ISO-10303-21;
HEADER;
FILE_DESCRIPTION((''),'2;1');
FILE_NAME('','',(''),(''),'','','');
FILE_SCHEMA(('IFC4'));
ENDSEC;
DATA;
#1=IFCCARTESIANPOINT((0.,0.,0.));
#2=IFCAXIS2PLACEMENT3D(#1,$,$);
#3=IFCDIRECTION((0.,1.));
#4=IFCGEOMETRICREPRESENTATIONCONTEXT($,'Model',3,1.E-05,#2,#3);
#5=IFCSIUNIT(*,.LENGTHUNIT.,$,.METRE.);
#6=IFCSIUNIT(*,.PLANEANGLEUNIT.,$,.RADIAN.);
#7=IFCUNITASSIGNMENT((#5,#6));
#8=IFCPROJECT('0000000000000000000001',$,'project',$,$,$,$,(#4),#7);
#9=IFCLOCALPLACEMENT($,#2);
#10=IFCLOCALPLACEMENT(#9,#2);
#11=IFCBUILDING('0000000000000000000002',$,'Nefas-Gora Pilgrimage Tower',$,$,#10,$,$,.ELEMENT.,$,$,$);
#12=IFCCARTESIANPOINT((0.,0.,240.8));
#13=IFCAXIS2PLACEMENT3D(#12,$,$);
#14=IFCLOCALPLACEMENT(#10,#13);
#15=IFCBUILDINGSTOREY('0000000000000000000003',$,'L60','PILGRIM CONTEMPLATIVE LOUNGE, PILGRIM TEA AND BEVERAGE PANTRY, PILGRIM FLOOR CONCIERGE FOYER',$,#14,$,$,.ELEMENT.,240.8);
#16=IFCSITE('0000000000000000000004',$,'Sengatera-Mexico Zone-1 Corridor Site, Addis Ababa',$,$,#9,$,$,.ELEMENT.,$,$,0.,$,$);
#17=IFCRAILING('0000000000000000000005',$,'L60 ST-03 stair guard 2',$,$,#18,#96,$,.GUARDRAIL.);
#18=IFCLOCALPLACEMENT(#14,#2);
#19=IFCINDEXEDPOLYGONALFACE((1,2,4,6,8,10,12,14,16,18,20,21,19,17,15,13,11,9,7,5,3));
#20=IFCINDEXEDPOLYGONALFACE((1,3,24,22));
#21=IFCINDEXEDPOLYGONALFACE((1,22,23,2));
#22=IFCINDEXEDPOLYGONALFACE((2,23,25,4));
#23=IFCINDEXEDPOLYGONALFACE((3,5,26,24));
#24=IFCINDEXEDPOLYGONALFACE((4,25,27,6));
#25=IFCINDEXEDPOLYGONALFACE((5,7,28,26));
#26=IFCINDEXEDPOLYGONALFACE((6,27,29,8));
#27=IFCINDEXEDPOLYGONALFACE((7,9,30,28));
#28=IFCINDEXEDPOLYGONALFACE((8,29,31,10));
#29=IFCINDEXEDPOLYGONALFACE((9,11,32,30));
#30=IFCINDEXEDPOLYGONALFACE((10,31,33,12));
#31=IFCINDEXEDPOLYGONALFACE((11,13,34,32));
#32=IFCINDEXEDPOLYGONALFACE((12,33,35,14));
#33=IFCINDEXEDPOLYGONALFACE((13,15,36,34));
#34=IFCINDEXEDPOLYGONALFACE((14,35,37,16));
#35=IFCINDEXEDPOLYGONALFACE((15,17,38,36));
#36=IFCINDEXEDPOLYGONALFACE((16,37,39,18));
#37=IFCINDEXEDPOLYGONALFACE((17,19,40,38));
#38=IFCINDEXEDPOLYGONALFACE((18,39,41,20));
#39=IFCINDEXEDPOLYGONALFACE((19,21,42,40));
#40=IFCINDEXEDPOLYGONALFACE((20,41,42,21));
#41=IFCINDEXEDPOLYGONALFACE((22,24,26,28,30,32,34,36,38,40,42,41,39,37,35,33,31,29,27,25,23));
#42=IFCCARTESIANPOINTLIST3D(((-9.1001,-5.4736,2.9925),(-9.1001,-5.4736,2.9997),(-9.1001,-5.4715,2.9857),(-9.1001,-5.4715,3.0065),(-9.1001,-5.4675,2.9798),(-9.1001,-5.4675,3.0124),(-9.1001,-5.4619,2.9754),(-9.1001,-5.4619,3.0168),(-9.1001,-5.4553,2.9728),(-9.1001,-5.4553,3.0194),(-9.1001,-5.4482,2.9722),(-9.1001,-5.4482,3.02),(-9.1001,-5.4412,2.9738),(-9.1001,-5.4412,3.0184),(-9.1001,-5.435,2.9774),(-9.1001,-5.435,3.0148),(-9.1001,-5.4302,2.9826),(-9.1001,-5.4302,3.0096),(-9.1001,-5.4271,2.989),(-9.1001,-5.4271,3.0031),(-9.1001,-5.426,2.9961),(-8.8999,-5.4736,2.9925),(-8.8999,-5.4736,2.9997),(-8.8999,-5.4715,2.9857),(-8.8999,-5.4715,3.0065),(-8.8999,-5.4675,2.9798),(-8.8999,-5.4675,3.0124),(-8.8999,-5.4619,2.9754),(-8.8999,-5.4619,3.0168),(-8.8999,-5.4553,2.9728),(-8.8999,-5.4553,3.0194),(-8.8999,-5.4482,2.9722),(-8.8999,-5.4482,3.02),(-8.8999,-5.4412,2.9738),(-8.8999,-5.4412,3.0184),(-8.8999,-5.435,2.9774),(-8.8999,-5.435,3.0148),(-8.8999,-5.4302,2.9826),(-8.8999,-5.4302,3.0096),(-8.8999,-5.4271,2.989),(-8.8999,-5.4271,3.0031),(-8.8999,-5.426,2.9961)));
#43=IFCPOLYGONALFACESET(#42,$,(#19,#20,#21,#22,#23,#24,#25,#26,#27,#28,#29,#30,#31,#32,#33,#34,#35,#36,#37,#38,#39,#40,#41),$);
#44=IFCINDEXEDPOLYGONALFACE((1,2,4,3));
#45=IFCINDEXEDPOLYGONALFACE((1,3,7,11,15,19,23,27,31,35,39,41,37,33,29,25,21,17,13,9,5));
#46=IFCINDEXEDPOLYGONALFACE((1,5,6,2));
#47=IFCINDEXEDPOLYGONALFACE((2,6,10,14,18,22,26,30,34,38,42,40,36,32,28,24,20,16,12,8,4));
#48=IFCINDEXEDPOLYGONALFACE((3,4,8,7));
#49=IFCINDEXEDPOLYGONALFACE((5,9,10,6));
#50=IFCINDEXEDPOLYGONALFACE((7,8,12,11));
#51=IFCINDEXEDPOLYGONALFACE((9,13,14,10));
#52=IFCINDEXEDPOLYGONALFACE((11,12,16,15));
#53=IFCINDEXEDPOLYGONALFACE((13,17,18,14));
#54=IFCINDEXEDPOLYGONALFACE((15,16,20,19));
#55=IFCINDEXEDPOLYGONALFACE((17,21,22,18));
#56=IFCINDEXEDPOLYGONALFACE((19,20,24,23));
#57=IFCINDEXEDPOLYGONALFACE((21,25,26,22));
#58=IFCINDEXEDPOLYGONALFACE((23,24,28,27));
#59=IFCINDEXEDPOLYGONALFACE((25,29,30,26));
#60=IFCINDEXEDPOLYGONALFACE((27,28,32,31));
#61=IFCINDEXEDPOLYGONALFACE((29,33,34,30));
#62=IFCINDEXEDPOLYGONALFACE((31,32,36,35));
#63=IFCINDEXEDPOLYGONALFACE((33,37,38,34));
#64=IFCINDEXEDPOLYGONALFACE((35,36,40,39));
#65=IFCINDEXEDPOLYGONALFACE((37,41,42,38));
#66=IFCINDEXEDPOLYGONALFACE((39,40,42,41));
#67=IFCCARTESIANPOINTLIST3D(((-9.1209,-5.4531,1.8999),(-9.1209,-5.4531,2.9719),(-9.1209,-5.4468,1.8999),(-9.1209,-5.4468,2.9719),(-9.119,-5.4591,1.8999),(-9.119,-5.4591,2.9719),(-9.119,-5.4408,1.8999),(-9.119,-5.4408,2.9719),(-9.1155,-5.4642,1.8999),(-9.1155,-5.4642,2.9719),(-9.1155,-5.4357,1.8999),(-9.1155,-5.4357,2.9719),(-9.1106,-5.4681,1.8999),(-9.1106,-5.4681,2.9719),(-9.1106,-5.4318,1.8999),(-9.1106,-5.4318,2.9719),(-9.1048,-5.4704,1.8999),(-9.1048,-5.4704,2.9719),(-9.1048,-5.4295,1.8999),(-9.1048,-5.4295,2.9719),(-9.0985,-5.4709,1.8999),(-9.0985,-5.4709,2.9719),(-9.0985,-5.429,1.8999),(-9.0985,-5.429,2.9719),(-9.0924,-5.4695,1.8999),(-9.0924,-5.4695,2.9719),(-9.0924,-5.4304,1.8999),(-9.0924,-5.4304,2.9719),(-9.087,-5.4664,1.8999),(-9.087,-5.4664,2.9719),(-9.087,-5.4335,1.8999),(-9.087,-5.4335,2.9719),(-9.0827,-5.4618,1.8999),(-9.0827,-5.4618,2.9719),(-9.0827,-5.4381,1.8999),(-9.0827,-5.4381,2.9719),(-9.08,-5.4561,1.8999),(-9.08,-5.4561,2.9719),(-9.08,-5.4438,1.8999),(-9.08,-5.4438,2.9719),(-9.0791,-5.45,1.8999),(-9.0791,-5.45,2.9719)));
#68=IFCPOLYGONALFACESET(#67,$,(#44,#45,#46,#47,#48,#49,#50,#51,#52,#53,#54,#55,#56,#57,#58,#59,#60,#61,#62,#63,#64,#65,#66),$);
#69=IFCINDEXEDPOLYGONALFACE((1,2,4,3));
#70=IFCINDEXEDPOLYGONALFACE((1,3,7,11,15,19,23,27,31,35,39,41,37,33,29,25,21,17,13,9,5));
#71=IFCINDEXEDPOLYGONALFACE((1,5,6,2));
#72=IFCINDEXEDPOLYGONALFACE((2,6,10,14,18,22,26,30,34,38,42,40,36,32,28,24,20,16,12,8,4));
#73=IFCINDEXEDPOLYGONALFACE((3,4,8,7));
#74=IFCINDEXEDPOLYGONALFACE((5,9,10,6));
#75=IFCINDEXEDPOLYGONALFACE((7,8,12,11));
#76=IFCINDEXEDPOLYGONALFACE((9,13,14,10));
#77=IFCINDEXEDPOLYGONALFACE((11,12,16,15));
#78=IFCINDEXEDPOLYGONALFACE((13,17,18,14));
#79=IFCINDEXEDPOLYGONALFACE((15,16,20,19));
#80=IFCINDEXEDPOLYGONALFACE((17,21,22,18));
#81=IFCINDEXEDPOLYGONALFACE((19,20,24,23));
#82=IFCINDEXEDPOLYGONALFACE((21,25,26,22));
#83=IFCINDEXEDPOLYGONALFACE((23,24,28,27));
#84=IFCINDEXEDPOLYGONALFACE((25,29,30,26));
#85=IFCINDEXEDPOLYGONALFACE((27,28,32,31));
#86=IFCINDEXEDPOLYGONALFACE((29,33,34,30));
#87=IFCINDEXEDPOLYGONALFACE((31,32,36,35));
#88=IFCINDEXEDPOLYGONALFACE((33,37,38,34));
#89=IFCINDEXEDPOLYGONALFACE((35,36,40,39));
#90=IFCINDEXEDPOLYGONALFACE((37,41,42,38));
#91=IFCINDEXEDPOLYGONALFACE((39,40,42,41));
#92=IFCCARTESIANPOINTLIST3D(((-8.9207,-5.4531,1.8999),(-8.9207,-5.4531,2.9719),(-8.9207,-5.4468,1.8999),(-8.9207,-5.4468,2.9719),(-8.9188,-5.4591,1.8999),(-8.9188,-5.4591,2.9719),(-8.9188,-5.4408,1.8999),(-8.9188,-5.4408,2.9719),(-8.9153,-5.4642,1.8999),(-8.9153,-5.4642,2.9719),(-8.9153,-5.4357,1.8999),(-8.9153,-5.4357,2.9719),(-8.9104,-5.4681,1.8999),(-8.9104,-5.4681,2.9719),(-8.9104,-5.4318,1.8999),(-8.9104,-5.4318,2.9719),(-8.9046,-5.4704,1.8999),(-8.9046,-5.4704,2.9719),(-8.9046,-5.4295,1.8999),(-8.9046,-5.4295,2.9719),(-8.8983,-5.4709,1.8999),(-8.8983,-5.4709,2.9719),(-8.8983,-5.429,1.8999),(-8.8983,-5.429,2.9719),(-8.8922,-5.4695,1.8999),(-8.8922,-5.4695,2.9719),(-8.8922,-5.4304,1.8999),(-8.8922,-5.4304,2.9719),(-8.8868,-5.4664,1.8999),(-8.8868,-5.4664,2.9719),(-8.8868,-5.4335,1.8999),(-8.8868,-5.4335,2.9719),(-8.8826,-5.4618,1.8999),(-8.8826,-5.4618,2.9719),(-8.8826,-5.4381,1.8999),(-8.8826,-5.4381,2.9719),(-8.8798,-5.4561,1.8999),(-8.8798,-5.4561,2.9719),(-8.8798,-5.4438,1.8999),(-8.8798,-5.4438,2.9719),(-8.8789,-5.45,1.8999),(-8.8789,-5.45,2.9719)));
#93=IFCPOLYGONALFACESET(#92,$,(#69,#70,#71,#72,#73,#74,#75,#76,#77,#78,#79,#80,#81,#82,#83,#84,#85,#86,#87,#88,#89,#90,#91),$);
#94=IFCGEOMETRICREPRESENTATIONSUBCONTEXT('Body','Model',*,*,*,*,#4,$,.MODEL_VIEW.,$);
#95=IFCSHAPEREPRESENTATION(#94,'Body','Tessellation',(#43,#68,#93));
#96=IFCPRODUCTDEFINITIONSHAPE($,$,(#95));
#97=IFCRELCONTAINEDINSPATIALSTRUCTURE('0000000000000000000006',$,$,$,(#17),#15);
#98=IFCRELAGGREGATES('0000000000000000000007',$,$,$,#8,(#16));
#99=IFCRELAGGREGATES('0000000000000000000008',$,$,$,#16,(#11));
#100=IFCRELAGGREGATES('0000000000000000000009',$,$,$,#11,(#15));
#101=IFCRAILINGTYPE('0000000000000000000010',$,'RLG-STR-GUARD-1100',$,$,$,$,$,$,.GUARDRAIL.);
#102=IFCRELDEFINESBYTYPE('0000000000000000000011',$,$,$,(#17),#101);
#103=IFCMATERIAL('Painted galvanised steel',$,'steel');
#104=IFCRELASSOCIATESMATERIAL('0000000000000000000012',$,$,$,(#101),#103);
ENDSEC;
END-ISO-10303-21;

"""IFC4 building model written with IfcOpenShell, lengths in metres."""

from ifc_helpers import new_model, si_unit, direction, frame, origin, origin_2d, place, context, subcontext, project, spatial, circle, extrude, material, type_object, element, save


model = new_model("IFC4")

# Units and contexts
model_context = context("Model", 3, precision=1e-05, world=origin(), true_north=direction((0.0, 1.0)))
body_context = subcontext(model_context, "Body", "Model", "MODEL_VIEW")
ifc_project = project(units=[si_unit("LENGTHUNIT", "METRE"), si_unit("PLANEANGLEUNIT", "RADIAN")], contexts=[model_context])

# Site, building, storey
site_placement = place(None, origin())
site = spatial("IfcSite", under=ifc_project, at=site_placement, Name="Sengatera-Mexico Zone-1 Corridor Site, Addis Ababa", CompositionType="ELEMENT", RefElevation=0.0)
building_placement = place(site_placement, origin())
building = spatial("IfcBuilding", under=site, at=building_placement, Name="Nefas-Gora Pilgrimage Tower", CompositionType="ELEMENT")
storey_placement = place(building_placement, frame((0.0, 0.0, 240.8)))
storey = spatial("IfcBuildingStorey", under=building, at=storey_placement, Name="L60", Description="PILGRIM CONTEMPLATIVE LOUNGE, PILGRIM TEA AND BEVERAGE PANTRY, PILGRIM FLOOR CONCIERGE FOYER", CompositionType="ELEMENT", Elevation=240.8)

# Railing
ifc_material_1 = material(Name="Painted galvanised steel", Category="steel")
railing_type_1 = type_object("IfcRailingType", Name="RLG-STR-GUARD-1100", PredefinedType="GUARDRAIL", material=ifc_material_1)
railing_1_placement = place(storey_placement, frame((-9.1001, -5.45, 1.8999)))
element("IfcRailing", 1, at=railing_1_placement, inside=storey, type_object=railing_type_1, Name="L60 ST-03 stair guard 2", PredefinedType="GUARDRAIL", context=body_context, shape_type="SweptSolid", body=[
    extrude(circle(Radius=0.0239, at=origin_2d()), frame((0.0, 0.0, 1.0962), z_axis=(1.0, 0.0, 0.0), x_axis=(0.0, 1.0, 0.0)), (0.0, 0.0, 1.0), 0.2002),
    extrude(circle(Radius=0.021, at=origin_2d()), origin(), (0.0, 0.0, 1.0), 1.072),
    extrude(circle(Radius=0.021, at=origin_2d()), frame((0.2002, 0.0, 0.0)), (0.0, 0.0, 1.0), 1.072),
])

save(model, "model.ifc")
